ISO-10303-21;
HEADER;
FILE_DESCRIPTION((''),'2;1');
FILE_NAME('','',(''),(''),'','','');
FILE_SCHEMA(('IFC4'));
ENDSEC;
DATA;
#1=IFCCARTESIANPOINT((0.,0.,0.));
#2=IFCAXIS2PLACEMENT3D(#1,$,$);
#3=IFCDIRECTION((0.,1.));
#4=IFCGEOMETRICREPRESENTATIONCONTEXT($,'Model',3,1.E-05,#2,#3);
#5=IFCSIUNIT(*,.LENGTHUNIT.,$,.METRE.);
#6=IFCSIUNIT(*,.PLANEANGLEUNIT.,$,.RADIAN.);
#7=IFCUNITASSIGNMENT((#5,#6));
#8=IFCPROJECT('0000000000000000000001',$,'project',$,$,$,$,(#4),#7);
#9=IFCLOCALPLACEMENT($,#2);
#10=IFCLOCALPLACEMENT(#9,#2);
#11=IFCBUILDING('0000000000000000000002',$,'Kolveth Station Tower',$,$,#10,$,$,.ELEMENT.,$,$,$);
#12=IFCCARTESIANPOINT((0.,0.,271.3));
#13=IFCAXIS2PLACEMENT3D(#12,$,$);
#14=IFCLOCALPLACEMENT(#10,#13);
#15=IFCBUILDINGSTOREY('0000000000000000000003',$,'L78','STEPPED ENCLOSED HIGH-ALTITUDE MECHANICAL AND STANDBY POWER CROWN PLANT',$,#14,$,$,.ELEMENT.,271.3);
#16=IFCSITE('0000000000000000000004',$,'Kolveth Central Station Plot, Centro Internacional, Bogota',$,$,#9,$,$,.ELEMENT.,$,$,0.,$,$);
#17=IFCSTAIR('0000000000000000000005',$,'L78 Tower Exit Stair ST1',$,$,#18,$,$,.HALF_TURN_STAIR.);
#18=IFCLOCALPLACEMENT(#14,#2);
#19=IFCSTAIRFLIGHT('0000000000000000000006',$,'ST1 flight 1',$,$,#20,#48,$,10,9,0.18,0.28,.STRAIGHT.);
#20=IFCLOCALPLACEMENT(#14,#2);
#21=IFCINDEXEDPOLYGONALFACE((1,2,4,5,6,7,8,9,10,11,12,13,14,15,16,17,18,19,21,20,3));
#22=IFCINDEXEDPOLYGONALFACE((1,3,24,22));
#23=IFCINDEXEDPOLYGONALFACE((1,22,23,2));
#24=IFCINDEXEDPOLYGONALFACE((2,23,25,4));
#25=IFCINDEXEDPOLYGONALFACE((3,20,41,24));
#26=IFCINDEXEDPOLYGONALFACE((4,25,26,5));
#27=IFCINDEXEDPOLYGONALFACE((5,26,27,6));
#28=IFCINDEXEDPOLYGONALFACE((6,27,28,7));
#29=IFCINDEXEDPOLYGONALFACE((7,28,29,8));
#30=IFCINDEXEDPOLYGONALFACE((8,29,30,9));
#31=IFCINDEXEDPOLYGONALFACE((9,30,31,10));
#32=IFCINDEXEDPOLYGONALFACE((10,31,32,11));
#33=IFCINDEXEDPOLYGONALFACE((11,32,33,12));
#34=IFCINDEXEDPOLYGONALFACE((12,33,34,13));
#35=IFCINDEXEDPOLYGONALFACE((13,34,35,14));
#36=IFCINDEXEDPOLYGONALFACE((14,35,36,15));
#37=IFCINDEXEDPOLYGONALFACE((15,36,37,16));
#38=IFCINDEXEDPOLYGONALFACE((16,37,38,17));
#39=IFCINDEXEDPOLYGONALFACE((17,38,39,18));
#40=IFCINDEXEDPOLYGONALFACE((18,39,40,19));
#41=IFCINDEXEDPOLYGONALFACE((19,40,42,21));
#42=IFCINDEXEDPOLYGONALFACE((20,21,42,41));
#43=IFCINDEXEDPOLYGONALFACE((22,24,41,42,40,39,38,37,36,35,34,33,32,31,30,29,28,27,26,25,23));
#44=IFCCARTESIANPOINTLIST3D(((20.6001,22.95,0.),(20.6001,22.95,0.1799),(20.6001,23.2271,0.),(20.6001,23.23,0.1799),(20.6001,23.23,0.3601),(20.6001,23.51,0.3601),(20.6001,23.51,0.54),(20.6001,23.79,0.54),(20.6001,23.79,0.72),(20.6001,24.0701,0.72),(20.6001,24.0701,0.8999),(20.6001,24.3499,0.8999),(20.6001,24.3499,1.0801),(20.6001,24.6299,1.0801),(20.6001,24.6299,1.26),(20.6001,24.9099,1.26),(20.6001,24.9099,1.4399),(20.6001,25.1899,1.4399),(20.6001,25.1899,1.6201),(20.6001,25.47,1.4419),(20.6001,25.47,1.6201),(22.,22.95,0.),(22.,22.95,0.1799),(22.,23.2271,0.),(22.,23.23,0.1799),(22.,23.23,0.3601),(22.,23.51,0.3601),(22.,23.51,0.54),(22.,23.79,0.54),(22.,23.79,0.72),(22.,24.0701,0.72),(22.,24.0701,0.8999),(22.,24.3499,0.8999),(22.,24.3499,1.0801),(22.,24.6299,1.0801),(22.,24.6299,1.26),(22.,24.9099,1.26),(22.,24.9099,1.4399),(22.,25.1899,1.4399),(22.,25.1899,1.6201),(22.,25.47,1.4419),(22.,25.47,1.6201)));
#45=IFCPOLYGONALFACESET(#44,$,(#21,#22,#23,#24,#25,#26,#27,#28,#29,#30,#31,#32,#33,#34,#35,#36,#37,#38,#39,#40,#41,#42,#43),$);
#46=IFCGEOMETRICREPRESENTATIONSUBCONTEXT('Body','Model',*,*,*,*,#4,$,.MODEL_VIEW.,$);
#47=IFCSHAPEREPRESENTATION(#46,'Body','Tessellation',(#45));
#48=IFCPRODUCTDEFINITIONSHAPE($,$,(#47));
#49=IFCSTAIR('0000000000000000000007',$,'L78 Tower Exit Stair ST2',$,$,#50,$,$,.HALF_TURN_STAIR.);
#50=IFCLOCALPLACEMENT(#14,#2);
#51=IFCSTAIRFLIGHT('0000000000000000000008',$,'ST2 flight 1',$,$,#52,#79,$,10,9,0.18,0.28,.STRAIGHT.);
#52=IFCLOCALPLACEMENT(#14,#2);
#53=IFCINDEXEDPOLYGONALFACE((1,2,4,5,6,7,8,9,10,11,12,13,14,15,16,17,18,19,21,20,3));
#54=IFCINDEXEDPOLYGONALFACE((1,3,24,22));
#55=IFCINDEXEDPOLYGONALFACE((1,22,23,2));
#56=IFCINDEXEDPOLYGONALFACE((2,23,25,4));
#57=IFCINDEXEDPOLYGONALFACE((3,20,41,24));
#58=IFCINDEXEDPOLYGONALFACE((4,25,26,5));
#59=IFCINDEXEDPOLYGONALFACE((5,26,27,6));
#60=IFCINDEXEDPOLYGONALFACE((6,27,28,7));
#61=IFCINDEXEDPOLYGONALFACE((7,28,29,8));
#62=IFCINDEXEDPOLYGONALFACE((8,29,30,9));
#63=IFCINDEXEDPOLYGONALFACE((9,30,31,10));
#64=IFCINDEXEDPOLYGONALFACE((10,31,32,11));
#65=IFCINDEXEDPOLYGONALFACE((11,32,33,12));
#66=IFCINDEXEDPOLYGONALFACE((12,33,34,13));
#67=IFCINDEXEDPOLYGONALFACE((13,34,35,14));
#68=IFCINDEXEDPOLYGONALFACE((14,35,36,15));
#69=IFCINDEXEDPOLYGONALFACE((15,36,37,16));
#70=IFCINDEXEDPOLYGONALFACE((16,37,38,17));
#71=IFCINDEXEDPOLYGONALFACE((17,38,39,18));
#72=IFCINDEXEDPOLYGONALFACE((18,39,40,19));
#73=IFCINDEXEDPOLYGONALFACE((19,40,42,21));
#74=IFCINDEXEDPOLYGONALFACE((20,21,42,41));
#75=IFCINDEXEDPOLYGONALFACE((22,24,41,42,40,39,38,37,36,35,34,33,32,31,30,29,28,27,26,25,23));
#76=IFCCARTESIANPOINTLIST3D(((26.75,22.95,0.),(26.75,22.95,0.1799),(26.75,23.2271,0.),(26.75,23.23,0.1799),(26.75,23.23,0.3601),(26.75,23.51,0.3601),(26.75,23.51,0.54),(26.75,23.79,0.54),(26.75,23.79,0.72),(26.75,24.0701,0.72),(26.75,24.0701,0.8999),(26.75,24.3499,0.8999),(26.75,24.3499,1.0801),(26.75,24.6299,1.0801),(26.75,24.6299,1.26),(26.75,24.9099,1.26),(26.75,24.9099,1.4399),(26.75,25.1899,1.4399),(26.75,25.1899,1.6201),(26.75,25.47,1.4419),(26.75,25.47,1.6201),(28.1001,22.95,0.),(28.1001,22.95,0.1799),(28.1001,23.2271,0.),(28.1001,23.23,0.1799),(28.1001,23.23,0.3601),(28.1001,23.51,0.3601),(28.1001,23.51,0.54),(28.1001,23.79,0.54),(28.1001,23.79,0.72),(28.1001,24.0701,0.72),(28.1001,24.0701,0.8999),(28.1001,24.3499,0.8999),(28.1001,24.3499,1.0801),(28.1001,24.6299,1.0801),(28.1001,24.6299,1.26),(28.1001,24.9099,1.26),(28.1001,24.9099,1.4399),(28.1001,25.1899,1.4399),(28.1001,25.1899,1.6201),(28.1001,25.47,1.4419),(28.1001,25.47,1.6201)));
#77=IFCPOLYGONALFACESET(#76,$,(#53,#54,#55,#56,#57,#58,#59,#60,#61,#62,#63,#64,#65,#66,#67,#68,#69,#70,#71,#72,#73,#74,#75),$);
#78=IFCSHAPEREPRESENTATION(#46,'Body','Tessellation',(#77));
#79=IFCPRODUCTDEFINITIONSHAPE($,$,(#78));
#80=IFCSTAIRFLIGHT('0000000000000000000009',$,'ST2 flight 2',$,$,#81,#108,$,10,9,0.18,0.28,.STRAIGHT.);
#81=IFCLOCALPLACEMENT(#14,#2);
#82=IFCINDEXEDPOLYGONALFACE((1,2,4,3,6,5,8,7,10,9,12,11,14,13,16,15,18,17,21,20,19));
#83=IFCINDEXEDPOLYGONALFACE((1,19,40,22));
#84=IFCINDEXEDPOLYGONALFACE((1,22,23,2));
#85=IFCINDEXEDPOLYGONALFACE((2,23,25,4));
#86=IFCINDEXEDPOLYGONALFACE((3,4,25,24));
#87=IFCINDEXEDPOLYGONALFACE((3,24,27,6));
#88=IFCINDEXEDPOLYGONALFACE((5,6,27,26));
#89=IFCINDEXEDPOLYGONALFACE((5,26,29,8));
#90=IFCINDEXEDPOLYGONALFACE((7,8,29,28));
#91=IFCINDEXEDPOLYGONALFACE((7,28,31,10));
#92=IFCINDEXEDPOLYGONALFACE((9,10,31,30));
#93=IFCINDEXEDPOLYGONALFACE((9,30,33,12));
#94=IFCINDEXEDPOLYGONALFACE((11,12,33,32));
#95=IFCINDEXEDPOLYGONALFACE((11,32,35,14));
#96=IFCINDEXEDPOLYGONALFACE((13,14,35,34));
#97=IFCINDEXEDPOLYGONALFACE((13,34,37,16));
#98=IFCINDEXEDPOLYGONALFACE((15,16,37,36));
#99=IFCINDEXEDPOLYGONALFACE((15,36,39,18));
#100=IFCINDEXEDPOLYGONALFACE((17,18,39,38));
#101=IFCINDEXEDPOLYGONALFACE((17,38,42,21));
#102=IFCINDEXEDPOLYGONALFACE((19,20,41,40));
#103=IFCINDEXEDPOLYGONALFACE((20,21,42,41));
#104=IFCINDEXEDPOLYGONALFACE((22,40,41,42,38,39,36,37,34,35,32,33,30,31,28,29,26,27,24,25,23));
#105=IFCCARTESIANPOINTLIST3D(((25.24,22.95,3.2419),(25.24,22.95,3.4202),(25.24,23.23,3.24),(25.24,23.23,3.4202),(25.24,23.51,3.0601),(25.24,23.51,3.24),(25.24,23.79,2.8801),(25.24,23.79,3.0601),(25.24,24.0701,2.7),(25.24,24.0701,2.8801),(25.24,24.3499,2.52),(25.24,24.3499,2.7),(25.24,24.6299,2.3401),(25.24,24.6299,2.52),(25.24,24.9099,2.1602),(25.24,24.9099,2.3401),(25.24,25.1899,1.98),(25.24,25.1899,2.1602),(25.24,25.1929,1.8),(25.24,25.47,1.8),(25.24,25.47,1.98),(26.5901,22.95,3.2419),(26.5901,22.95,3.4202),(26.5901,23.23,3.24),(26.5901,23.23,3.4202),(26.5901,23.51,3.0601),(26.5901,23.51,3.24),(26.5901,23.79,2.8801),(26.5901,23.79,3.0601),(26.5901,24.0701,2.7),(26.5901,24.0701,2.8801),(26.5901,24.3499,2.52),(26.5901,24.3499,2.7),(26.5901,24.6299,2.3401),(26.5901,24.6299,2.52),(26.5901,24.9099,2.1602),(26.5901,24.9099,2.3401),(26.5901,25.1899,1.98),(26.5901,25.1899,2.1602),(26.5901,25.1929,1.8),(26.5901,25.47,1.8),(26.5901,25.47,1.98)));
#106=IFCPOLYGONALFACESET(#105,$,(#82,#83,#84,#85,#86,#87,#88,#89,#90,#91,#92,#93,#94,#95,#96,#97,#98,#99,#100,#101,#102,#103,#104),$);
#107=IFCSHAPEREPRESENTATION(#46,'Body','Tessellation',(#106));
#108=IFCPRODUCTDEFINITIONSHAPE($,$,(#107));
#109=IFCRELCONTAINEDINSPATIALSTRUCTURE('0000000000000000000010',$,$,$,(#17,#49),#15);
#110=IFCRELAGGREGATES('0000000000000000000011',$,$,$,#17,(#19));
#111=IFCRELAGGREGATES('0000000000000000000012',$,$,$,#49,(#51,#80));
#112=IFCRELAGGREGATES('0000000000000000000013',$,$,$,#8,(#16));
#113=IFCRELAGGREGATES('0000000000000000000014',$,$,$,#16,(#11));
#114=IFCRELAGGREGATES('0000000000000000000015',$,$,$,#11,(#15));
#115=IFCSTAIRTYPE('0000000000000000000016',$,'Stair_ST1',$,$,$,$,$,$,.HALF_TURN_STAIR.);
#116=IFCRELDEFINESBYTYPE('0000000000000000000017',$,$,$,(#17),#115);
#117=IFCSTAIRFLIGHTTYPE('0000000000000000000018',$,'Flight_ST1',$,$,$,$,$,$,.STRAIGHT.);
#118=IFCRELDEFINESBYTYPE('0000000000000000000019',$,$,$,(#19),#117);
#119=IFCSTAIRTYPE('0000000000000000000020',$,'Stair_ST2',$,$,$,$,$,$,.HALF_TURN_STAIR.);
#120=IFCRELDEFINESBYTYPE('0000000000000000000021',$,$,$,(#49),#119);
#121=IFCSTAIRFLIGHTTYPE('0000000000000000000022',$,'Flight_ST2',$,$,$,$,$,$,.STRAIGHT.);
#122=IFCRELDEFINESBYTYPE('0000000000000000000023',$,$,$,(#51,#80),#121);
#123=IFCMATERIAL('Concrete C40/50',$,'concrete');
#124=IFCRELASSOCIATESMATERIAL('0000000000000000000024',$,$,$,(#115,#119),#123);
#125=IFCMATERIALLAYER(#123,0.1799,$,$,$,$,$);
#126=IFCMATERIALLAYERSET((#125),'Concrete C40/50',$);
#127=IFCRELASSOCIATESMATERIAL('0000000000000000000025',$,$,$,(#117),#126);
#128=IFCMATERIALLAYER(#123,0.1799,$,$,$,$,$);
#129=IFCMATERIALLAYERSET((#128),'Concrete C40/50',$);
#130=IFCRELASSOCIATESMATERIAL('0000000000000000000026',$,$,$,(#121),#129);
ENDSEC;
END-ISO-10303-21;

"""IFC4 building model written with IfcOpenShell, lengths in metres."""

from ifc_helpers import new_model, si_unit, direction, frame, origin, place, context, subcontext, project, spatial, polyline, outline, extrude, material, layer, layer_set, type_object, element, aggregate, save


model = new_model("IFC4")

# Units and contexts
model_context = context("Model", 3, precision=1e-05, world=origin(), true_north=direction((0.0, 1.0)))
body_context = subcontext(model_context, "Body", "Model", "MODEL_VIEW")
ifc_project = project(units=[si_unit("LENGTHUNIT", "METRE"), si_unit("PLANEANGLEUNIT", "RADIAN")], contexts=[model_context])

# Site, building, storey
site_placement = place(None, origin())
site = spatial("IfcSite", under=ifc_project, at=site_placement, Name="Kolveth Central Station Plot, Centro Internacional, Bogota", CompositionType="ELEMENT", RefElevation=0.0)
building_placement = place(site_placement, origin())
building = spatial("IfcBuilding", under=site, at=building_placement, Name="Kolveth Station Tower", CompositionType="ELEMENT")
storey_placement = place(building_placement, frame((0.0, 0.0, 271.3)))
storey = spatial("IfcBuildingStorey", under=building, at=storey_placement, Name="L78", Description="STEPPED ENCLOSED HIGH-ALTITUDE MECHANICAL AND STANDBY POWER CROWN PLANT", CompositionType="ELEMENT", Elevation=271.3)

# Shared definitions
ifc_material_1 = material(Name="Concrete C40/50", Category="concrete")

# Stair, stair flight
stair_type_1 = type_object("IfcStairType", Name="Stair_ST1", PredefinedType="HALF_TURN_STAIR", material=ifc_material_1)
stair_1_placement = place(storey_placement, origin())
stair_1 = element("IfcStair", 1, at=stair_1_placement, inside=storey, type_object=stair_type_1, Name="L78 Tower Exit Stair ST1", PredefinedType="HALF_TURN_STAIR")
ifc_layer_1 = layer(ifc_material_1, 0.1799)
ifc_layer_set_1 = layer_set([ifc_layer_1], Name="Concrete C40/50")
stair_flight_type_1 = type_object("IfcStairFlightType", Name="Flight_ST1", PredefinedType="STRAIGHT", material=ifc_layer_set_1)
stair_flight_1_placement = place(storey_placement, frame((21.3, 22.95, 0.0), z_axis=(0.0, 0.0, 1.0), x_axis=(0.0, 1.0, 0.0)))
stair_flight_1 = element("IfcStairFlight", 2, at=stair_flight_1_placement, type_object=stair_flight_type_1, Name="ST1 flight 1", NumberOfRisers=10, NumberOfTreads=9, PredefinedType="STRAIGHT", RiserHeight=0.18, TreadLength=0.28, context=body_context, shape_type="SweptSolid", body=[
    extrude(outline(polyline([(0.0, 0.0), (0.0, 0.1799), (0.28, 0.1799), (0.28, 0.3601), (0.5601, 0.3601), (0.5601, 0.54), (0.8401, 0.54), (0.8401, 0.72), (1.1201, 0.72), (1.1201, 0.8999), (1.3999, 0.8999), (1.3999, 1.0801), (1.6799, 1.0801), (1.6799, 1.26), (1.96, 1.26), (1.96, 1.4399), (2.24, 1.4399), (2.24, 1.6201), (2.52, 1.6201), (2.52, 1.8), (2.52, 1.4419), (0.2771, 0.0), (0.0, 0.0)])), frame((0.0, 0.7, 0.0), z_axis=(0.0, -1.0, 0.0), x_axis=(1.0, 0.0, 0.0)), (0.0, 0.0, 1.0), 1.3999),
])
aggregate(stair_1, [stair_flight_1])

# Stair, stair flights
stair_type_2 = type_object("IfcStairType", Name="Stair_ST2", PredefinedType="HALF_TURN_STAIR", material=ifc_material_1)
stair_2_placement = place(storey_placement, origin())
stair_2 = element("IfcStair", 3, at=stair_2_placement, inside=storey, type_object=stair_type_2, Name="L78 Tower Exit Stair ST2", PredefinedType="HALF_TURN_STAIR")
ifc_layer_2 = layer(ifc_material_1, 0.1799)
ifc_layer_set_2 = layer_set([ifc_layer_2], Name="Concrete C40/50")
stair_flight_type_2 = type_object("IfcStairFlightType", Name="Flight_ST2", PredefinedType="STRAIGHT", material=ifc_layer_set_2)
stair_flight_2_placement = place(storey_placement, frame((27.425, 22.95, 0.0), z_axis=(0.0, 0.0, 1.0), x_axis=(0.0, 1.0, 0.0)))
stair_flight_2 = element("IfcStairFlight", 4, at=stair_flight_2_placement, type_object=stair_flight_type_2, Name="ST2 flight 1", NumberOfRisers=10, NumberOfTreads=9, PredefinedType="STRAIGHT", RiserHeight=0.18, TreadLength=0.28, context=body_context, shape_type="SweptSolid", body=[
    extrude(outline(polyline([(0.0, 0.0), (0.0, 0.1799), (0.28, 0.1799), (0.28, 0.3601), (0.5601, 0.3601), (0.5601, 0.54), (0.8401, 0.54), (0.8401, 0.72), (1.1201, 0.72), (1.1201, 0.8999), (1.3999, 0.8999), (1.3999, 1.0801), (1.6799, 1.0801), (1.6799, 1.26), (1.96, 1.26), (1.96, 1.4399), (2.24, 1.4399), (2.24, 1.6201), (2.52, 1.6201), (2.52, 1.8), (2.52, 1.4419), (0.2771, 0.0), (0.0, 0.0)])), frame((0.0, 0.675, 0.0), z_axis=(0.0, -1.0, 0.0), x_axis=(1.0, 0.0, 0.0)), (0.0, 0.0, 1.0), 1.3501),
])
stair_flight_3_placement = place(storey_placement, frame((25.915, 25.47, 1.8), z_axis=(0.0, 0.0, 1.0), x_axis=(0.0, -1.0, 0.0)))
stair_flight_3 = element("IfcStairFlight", 5, at=stair_flight_3_placement, type_object=stair_flight_type_2, Name="ST2 flight 2", NumberOfRisers=10, NumberOfTreads=9, PredefinedType="STRAIGHT", RiserHeight=0.18, TreadLength=0.28, context=body_context, shape_type="SweptSolid", body=[
    extrude(outline(polyline([(0.0, 0.0), (0.0, 0.1799), (0.28, 0.1799), (0.28, 0.3601), (0.5601, 0.3601), (0.5601, 0.54), (0.8401, 0.54), (0.8401, 0.72), (1.1201, 0.72), (1.1201, 0.8999), (1.3999, 0.8999), (1.3999, 1.0801), (1.6799, 1.0801), (1.6799, 1.26), (1.96, 1.26), (1.96, 1.4399), (2.24, 1.4399), (2.24, 1.6201), (2.52, 1.6201), (2.52, 1.8), (2.52, 1.4419), (0.2771, 0.0), (0.0, 0.0)])), frame((0.0, 0.675, 0.0), z_axis=(0.0, -1.0, 0.0), x_axis=(1.0, 0.0, 0.0)), (0.0, 0.0, 1.0), 1.3501),
])
aggregate(stair_2, [stair_flight_2, stair_flight_3])

save(model, "model.ifc")
